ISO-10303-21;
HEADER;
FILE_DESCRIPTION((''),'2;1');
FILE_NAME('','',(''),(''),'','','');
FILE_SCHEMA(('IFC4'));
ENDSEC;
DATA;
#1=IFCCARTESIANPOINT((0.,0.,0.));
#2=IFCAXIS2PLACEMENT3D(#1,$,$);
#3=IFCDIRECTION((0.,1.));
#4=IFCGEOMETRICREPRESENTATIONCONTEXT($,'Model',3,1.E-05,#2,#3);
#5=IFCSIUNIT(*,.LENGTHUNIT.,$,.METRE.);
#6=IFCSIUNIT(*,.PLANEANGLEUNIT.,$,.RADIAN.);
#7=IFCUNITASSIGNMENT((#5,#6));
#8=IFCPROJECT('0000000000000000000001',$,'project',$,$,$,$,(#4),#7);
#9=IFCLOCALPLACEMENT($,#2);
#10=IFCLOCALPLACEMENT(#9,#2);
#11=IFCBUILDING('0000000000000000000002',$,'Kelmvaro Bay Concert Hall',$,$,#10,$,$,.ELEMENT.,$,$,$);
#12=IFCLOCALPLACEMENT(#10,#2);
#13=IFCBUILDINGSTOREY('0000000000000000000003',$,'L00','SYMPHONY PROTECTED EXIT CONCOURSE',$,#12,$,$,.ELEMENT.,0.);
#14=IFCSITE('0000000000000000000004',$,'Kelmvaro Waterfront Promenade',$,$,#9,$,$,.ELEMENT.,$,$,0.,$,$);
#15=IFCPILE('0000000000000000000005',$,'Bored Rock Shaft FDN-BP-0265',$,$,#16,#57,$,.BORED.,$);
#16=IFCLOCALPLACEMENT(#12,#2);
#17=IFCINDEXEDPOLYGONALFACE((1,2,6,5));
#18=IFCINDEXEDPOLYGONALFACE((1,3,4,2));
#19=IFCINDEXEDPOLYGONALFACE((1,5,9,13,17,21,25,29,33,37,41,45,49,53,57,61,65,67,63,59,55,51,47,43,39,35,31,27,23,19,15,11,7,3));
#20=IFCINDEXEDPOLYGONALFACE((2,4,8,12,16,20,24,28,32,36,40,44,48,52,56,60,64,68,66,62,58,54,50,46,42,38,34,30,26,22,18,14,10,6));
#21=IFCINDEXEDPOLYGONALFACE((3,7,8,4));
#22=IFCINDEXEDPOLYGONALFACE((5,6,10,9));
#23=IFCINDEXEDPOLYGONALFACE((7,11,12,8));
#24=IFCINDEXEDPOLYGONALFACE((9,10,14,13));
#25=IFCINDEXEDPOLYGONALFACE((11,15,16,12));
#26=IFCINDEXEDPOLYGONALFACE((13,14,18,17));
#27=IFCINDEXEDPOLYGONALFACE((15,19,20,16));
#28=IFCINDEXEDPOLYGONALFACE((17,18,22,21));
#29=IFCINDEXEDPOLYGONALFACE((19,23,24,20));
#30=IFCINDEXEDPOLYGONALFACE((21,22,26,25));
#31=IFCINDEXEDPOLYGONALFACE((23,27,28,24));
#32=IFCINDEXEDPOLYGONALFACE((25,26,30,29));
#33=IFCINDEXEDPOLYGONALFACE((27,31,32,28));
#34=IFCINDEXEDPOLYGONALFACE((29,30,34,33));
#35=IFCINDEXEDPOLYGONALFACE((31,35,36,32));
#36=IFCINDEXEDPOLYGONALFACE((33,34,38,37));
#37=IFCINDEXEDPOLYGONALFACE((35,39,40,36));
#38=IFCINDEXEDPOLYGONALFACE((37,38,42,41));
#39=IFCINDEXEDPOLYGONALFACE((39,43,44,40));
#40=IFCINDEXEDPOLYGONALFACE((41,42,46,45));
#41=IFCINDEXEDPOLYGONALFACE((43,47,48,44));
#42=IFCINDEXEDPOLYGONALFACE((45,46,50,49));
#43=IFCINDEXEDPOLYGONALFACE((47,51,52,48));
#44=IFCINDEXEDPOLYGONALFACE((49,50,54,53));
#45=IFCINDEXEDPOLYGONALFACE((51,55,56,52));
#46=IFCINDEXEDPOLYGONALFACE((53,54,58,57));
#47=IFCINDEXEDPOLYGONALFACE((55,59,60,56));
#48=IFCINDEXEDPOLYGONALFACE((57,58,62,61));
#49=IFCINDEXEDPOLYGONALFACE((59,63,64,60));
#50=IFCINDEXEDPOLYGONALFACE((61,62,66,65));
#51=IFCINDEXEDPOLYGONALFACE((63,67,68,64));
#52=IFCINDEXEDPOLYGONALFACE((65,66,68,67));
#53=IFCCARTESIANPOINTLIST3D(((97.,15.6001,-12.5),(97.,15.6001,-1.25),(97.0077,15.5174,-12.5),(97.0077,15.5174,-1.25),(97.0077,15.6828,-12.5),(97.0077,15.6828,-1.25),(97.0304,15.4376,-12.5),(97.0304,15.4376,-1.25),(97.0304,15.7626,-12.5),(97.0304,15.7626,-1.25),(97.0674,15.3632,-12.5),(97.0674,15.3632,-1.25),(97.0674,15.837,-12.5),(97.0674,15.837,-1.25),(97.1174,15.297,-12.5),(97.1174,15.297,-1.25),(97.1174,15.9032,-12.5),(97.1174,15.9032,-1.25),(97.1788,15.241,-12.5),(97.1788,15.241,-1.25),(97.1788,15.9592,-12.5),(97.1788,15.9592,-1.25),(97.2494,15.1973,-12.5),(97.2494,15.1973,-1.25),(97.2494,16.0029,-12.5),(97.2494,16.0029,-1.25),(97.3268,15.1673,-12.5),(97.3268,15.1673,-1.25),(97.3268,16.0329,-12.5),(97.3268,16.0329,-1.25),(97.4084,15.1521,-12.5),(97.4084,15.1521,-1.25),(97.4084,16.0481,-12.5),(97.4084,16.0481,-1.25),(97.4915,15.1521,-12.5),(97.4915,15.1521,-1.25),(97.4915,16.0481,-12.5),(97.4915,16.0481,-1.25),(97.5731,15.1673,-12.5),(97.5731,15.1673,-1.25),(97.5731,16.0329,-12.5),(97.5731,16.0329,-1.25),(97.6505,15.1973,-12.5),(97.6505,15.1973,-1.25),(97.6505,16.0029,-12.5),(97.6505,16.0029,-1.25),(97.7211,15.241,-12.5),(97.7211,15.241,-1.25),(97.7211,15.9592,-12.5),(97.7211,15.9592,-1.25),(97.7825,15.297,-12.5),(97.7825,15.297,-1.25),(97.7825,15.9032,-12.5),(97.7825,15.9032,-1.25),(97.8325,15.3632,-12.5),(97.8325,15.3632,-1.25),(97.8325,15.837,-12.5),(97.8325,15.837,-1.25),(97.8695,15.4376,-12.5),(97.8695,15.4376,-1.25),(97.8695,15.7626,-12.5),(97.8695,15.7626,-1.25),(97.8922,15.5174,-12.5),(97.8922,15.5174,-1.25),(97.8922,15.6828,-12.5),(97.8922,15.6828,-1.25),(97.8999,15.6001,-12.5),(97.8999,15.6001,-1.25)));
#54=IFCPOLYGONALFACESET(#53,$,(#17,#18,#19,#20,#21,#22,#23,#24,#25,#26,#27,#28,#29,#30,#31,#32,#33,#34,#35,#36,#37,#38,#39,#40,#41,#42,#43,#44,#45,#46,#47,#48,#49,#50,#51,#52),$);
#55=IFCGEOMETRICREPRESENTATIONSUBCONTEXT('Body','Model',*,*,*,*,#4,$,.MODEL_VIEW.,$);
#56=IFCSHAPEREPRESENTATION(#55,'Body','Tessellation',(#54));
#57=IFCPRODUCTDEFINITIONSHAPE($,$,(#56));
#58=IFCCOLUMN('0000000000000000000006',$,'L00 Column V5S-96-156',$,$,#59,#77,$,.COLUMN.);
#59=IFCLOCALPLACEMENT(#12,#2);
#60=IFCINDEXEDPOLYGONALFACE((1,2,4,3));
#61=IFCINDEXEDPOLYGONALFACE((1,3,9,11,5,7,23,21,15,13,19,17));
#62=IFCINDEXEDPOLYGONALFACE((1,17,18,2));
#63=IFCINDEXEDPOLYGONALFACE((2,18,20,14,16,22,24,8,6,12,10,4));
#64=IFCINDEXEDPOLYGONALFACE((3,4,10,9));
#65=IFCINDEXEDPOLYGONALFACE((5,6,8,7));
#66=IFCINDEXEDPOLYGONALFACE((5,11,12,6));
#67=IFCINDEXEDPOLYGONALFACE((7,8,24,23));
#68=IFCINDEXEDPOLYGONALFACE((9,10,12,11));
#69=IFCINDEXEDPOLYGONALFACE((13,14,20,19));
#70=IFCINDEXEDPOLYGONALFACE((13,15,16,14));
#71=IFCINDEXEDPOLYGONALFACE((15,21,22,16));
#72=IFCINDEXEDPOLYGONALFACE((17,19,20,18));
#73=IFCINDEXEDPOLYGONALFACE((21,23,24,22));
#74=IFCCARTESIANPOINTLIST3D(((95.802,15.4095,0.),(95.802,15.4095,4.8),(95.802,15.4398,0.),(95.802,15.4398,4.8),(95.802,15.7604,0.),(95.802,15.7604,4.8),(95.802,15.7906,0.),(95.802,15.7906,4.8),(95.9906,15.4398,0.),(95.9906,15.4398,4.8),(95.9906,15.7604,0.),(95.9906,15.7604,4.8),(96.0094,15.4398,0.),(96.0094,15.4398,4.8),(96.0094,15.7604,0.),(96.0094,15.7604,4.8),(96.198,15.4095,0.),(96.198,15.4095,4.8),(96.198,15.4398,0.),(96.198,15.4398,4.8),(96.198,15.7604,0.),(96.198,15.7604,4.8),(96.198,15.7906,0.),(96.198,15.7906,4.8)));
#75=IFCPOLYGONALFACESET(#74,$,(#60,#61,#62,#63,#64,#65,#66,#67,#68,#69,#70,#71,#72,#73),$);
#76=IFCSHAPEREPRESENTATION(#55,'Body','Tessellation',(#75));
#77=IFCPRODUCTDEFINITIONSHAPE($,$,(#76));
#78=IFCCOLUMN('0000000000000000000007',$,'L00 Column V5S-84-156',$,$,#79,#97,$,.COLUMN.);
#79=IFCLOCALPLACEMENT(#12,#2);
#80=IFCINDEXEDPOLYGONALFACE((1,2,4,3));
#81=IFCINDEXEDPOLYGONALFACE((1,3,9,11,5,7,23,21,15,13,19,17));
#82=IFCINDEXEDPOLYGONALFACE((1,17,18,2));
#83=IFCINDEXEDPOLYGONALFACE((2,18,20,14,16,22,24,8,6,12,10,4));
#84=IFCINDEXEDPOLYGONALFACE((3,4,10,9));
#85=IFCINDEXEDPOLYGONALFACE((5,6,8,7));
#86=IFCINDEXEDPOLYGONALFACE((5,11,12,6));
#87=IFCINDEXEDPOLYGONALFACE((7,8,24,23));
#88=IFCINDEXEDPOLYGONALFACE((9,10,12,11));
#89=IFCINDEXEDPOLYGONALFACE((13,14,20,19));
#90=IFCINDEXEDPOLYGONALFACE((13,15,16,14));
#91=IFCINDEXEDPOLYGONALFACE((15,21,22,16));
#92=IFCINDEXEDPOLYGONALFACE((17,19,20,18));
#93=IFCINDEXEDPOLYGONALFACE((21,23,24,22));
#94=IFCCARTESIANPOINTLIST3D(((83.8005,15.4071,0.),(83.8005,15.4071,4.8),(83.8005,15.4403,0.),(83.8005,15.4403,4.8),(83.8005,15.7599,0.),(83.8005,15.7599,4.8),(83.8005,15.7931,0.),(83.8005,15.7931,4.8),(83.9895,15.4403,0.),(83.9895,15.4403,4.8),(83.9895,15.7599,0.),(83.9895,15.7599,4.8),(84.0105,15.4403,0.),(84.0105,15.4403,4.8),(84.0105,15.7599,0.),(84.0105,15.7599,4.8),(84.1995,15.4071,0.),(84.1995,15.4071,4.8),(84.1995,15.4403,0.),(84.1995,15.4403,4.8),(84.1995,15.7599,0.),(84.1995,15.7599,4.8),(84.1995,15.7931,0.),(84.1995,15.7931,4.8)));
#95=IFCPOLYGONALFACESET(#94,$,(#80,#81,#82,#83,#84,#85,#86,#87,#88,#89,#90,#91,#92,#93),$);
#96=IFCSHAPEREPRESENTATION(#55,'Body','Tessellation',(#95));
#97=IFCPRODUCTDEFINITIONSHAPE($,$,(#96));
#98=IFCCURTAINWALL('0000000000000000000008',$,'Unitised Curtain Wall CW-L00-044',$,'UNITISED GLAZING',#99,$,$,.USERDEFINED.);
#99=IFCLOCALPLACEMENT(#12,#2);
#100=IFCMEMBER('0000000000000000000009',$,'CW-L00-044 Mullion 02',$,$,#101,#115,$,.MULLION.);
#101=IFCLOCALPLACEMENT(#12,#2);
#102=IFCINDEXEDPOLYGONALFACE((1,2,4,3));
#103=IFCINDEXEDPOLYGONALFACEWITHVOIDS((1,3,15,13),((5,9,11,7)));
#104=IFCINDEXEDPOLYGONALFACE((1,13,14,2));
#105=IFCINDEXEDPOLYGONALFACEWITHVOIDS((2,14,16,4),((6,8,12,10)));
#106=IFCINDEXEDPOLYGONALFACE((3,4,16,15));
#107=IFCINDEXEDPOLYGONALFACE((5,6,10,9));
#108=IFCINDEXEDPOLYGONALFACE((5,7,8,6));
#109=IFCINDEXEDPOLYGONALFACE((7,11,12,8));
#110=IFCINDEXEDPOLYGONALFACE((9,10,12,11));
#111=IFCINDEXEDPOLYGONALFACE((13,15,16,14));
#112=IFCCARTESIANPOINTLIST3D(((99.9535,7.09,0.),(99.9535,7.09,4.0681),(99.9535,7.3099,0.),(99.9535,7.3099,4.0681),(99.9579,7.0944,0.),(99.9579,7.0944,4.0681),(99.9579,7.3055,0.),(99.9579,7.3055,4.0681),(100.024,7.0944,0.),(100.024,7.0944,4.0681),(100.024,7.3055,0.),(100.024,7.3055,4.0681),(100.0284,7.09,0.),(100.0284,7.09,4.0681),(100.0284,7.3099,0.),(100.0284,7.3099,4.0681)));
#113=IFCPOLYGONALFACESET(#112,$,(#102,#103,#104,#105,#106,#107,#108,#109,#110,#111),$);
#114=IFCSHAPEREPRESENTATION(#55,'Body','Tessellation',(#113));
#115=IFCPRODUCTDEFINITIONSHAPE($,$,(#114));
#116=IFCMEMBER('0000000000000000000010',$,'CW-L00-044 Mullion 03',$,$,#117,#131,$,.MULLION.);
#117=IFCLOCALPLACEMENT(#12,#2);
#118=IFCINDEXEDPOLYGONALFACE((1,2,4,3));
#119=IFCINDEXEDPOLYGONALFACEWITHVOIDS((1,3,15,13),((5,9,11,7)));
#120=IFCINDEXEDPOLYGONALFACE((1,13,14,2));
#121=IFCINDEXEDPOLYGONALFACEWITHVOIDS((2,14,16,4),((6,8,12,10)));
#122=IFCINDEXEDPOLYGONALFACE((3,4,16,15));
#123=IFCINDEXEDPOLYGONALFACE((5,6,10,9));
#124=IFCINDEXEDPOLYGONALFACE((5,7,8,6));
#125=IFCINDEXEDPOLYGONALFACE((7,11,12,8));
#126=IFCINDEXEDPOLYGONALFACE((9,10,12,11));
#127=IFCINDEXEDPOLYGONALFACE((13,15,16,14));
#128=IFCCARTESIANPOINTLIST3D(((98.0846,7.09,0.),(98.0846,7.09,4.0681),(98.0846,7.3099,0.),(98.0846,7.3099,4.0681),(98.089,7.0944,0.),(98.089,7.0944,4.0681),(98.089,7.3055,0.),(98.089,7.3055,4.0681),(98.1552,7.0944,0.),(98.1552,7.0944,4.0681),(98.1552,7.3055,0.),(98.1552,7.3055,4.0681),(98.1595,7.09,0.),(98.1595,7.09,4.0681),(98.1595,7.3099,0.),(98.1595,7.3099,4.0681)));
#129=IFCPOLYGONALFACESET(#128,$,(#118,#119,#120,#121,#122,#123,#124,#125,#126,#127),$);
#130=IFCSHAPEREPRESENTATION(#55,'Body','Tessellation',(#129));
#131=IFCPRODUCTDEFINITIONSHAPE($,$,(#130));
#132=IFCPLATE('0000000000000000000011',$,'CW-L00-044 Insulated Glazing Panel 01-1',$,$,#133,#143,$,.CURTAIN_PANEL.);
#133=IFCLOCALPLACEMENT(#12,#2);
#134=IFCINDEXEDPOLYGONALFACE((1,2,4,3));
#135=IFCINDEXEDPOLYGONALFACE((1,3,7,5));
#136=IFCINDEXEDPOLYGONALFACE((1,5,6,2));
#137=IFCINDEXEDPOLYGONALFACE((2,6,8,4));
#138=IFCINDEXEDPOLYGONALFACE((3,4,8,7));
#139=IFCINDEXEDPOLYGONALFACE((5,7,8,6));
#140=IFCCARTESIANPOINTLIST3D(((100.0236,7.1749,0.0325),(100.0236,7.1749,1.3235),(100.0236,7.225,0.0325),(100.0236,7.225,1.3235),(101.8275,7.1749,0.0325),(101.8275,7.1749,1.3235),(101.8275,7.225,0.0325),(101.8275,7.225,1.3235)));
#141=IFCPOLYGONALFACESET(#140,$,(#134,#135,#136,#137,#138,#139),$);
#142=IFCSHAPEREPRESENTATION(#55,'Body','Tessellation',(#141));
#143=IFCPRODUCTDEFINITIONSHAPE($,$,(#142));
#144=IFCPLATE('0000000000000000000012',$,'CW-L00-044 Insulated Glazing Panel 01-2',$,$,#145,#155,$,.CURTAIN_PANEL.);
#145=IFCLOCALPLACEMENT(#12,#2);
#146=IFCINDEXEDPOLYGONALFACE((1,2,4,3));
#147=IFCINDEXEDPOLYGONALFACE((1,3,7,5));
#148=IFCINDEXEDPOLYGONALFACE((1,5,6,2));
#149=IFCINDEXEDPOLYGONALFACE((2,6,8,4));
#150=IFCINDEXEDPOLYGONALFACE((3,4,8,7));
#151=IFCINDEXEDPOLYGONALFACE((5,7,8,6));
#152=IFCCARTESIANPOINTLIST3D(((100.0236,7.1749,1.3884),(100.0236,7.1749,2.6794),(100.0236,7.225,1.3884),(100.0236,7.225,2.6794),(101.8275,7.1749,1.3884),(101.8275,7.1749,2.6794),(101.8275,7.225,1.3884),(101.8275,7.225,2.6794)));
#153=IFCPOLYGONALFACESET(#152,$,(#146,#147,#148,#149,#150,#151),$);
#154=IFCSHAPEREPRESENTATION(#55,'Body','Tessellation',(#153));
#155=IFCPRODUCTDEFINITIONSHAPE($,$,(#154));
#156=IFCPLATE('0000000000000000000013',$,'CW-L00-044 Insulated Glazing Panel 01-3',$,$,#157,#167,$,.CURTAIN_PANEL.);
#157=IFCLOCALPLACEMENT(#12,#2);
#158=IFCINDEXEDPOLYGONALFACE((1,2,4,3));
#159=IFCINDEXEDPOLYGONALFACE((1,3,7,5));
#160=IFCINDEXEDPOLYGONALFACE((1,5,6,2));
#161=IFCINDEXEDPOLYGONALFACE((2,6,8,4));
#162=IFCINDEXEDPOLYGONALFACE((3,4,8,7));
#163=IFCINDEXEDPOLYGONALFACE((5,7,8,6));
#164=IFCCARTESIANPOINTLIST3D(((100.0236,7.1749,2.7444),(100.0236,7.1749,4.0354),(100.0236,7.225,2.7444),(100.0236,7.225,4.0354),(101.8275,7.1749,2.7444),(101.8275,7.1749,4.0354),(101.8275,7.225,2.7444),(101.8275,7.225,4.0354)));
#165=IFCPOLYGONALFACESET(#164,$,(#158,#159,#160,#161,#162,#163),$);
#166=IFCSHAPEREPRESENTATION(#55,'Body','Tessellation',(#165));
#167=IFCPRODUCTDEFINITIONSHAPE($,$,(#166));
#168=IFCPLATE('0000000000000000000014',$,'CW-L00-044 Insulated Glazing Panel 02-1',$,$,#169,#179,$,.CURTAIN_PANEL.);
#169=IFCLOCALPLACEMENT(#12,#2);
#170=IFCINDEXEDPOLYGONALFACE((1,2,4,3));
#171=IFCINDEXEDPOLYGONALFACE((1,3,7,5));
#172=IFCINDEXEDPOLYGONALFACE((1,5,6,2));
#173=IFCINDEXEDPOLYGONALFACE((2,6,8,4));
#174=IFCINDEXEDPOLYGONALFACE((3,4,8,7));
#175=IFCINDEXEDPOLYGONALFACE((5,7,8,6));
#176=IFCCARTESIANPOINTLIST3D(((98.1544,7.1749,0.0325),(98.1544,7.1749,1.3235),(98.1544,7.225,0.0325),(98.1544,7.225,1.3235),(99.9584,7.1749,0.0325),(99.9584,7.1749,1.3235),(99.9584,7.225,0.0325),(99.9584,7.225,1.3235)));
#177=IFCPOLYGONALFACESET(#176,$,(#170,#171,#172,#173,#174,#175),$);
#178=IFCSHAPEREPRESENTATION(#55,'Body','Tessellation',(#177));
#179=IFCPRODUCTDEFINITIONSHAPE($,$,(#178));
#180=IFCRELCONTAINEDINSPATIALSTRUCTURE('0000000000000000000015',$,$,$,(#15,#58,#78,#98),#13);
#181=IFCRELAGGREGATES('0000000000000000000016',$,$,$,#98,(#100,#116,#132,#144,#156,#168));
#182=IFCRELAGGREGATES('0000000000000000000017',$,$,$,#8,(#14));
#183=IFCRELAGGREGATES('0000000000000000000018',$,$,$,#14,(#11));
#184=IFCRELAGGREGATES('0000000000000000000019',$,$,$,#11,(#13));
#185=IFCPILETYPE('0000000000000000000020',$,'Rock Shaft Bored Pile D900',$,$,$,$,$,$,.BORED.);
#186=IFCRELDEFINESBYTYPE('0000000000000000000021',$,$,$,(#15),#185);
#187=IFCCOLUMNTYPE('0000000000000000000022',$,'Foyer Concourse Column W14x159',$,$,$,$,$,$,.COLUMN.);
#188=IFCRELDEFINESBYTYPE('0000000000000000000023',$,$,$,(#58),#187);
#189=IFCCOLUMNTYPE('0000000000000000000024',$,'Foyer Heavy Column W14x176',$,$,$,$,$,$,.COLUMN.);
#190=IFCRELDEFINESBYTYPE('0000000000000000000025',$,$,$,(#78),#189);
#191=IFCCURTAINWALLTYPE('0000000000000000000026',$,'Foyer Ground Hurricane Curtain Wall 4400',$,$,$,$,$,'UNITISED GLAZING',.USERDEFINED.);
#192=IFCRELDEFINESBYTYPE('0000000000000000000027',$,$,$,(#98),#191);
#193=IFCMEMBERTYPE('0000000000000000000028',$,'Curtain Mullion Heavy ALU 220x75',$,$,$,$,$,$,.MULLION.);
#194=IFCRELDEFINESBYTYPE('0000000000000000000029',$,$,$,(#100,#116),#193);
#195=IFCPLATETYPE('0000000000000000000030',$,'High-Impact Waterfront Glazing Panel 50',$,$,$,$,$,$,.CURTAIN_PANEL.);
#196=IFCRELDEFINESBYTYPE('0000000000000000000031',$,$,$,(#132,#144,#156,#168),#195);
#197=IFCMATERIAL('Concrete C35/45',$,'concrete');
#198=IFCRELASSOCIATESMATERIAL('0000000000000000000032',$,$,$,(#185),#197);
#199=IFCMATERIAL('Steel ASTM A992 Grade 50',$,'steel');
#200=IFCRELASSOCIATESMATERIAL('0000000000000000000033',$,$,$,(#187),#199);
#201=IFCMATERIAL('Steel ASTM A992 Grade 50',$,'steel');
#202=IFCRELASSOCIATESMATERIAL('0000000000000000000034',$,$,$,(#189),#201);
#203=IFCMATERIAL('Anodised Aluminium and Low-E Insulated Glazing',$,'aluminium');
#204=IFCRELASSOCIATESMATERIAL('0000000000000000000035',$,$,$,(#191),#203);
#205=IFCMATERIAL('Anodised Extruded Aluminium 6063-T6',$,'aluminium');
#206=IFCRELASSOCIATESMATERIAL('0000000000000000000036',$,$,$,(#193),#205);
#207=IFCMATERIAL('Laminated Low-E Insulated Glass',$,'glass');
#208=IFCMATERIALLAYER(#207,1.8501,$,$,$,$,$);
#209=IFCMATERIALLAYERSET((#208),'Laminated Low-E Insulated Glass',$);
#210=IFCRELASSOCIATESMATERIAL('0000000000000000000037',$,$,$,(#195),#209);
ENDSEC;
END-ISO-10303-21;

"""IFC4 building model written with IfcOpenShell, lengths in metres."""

from ifc_helpers import new_model, si_unit, direction, frame, origin, origin_2d, place, context, subcontext, project, spatial, rectangle, hollow_rectangle, circle, i_section, extrude, material, layer, layer_set, material_profile, profile_set, type_object, element, aggregate, save


model = new_model("IFC4")

# Units and contexts
model_context = context("Model", 3, precision=1e-05, world=origin(), true_north=direction((0.0, 1.0)))
body_context = subcontext(model_context, "Body", "Model", "MODEL_VIEW")
ifc_project = project(units=[si_unit("LENGTHUNIT", "METRE"), si_unit("PLANEANGLEUNIT", "RADIAN")], contexts=[model_context])

# Site, building, storey
site_placement = place(None, origin())
site = spatial("IfcSite", under=ifc_project, at=site_placement, Name="Kelmvaro Waterfront Promenade", CompositionType="ELEMENT", RefElevation=0.0)
building_placement = place(site_placement, origin())
building = spatial("IfcBuilding", under=site, at=building_placement, Name="Kelmvaro Bay Concert Hall", CompositionType="ELEMENT")
storey_placement = place(building_placement, origin())
storey = spatial("IfcBuildingStorey", under=building, at=storey_placement, Name="L00", Description="SYMPHONY PROTECTED EXIT CONCOURSE", CompositionType="ELEMENT", Elevation=0.0)

# Pile
ifc_material_1 = material(Name="Concrete C35/45", Category="concrete")
ifc_material_profile_1 = material_profile(ifc_material_1, circle(Radius=0.45, at=origin_2d()), Name="PILE-BORED-900")
ifc_profile_set_1 = profile_set([ifc_material_profile_1], Name="Concrete C35/45")
pile_type = type_object("IfcPileType", Name="Rock Shaft Bored Pile D900", PredefinedType="BORED", material=ifc_profile_set_1)
for number, where, z_axis, x_axis, name in (
    (1, (97.45, 15.6001, -1.25), (0.0, 0.0, -1.0), (1.0, 0.0, 0.0), "Bored Rock Shaft FDN-BP-0265"),
):
    element("IfcPile", number, at=place(storey_placement, frame(where, z_axis=z_axis, x_axis=x_axis)), inside=storey, type_object=pile_type, Name=name, PredefinedType="BORED", context=body_context, shape_type="SweptSolid", body=[
        extrude(circle(Radius=0.45, at=origin_2d()), origin(), (0.0, 0.0, 1.0), 11.25),
    ])

# Columns
ifc_material_2 = material(Name="Steel ASTM A992 Grade 50", Category="steel")
ifc_material_profile_2 = material_profile(ifc_material_2, i_section(OverallWidth=0.396, OverallDepth=0.3811, WebThickness=0.0188, FlangeThickness=0.0303, at=origin_2d()), Name="W14X159")
ifc_profile_set_2 = profile_set([ifc_material_profile_2], Name="Steel ASTM A992 Grade 50")
column_type_1 = type_object("IfcColumnType", Name="Foyer Concourse Column W14x159", PredefinedType="COLUMN", material=ifc_profile_set_2)
column_1_placement = place(storey_placement, frame((96.0, 15.6001, 0.0), z_axis=(0.0, 0.0, 1.0), x_axis=(1.0, 0.0, 0.0)))
element("IfcColumn", 2, at=column_1_placement, inside=storey, type_object=column_type_1, Name="L00 Column V5S-96-156", PredefinedType="COLUMN", context=body_context, shape_type="SweptSolid", body=[
    extrude(i_section(OverallWidth=0.396, OverallDepth=0.3811, WebThickness=0.0188, FlangeThickness=0.0303, at=origin_2d()), origin(), (0.0, 0.0, 1.0), 4.8),
])
ifc_material_3 = material(Name="Steel ASTM A992 Grade 50", Category="steel")
ifc_material_profile_3 = material_profile(ifc_material_3, i_section(OverallWidth=0.3989, OverallDepth=0.386, WebThickness=0.021, FlangeThickness=0.0332, at=origin_2d()), Name="W14X176")
ifc_profile_set_3 = profile_set([ifc_material_profile_3], Name="Steel ASTM A992 Grade 50")
column_type_2 = type_object("IfcColumnType", Name="Foyer Heavy Column W14x176", PredefinedType="COLUMN", material=ifc_profile_set_3)
column_2_placement = place(storey_placement, frame((84.0, 15.6001, 0.0), z_axis=(0.0, 0.0, 1.0), x_axis=(1.0, 0.0, 0.0)))
element("IfcColumn", 3, at=column_2_placement, inside=storey, type_object=column_type_2, Name="L00 Column V5S-84-156", PredefinedType="COLUMN", context=body_context, shape_type="SweptSolid", body=[
    extrude(i_section(OverallWidth=0.3989, OverallDepth=0.386, WebThickness=0.021, FlangeThickness=0.0332, at=origin_2d()), origin(), (0.0, 0.0, 1.0), 4.8),
])

# Curtain wall, members, plates
ifc_material_4 = material(Name="Anodised Aluminium and Low-E Insulated Glazing", Category="aluminium")
curtain_wall_type = type_object("IfcCurtainWallType", Name="Foyer Ground Hurricane Curtain Wall 4400", ElementType="UNITISED GLAZING", PredefinedType="USERDEFINED", material=ifc_material_4)
curtain_wall_placement = place(storey_placement, origin())
curtain_wall = element("IfcCurtainWall", 4, at=curtain_wall_placement, inside=storey, type_object=curtain_wall_type, Name="Unitised Curtain Wall CW-L00-044", ObjectType="UNITISED GLAZING", PredefinedType="USERDEFINED")
ifc_material_5 = material(Name="Anodised Extruded Aluminium 6063-T6", Category="aluminium")
ifc_material_profile_4 = material_profile(ifc_material_5, hollow_rectangle(XDim=0.075, YDim=0.22, WallThickness=0.0044, at=origin_2d()), Name="ALU-MUL-220X75")
ifc_profile_set_4 = profile_set([ifc_material_profile_4], Name="Anodised Extruded Aluminium 6063-T6")
member_type = type_object("IfcMemberType", Name="Curtain Mullion Heavy ALU 220x75", PredefinedType="MULLION", material=ifc_profile_set_4)
member_1_placement = place(storey_placement, frame((99.991, 7.2, 0.0), z_axis=(0.0, 0.0, 1.0), x_axis=(1.0, 0.0, 0.0)))
member_1 = element("IfcMember", 5, at=member_1_placement, type_object=member_type, Name="CW-L00-044 Mullion 02", PredefinedType="MULLION", context=body_context, shape_type="SweptSolid", body=[
    extrude(hollow_rectangle(XDim=0.075, YDim=0.22, WallThickness=0.0044, at=origin_2d()), origin(), (0.0, 0.0, 1.0), 4.0681),
])
member_2_placement = place(storey_placement, frame((98.1221, 7.2, 0.0), z_axis=(0.0, 0.0, 1.0), x_axis=(1.0, 0.0, 0.0)))
member_2 = element("IfcMember", 6, at=member_2_placement, type_object=member_type, Name="CW-L00-044 Mullion 03", PredefinedType="MULLION", context=body_context, shape_type="SweptSolid", body=[
    extrude(hollow_rectangle(XDim=0.075, YDim=0.22, WallThickness=0.0044, at=origin_2d()), origin(), (0.0, 0.0, 1.0), 4.0681),
])
ifc_material_6 = material(Name="Laminated Low-E Insulated Glass", Category="glass")
ifc_layer_1 = layer(ifc_material_6, 1.8501)
ifc_layer_set_1 = layer_set([ifc_layer_1], Name="Laminated Low-E Insulated Glass")
plate_type = type_object("IfcPlateType", Name="High-Impact Waterfront Glazing Panel 50", PredefinedType="CURTAIN_PANEL", material=ifc_layer_set_1)
plate_1_placement = place(storey_placement, frame((100.9255, 7.2, 0.0325), z_axis=(0.0, 0.0, 1.0), x_axis=(-1.0, 0.0, 0.0)))
plate_1 = element("IfcPlate", 7, at=plate_1_placement, type_object=plate_type, Name="CW-L00-044 Insulated Glazing Panel 01-1", PredefinedType="CURTAIN_PANEL", context=body_context, shape_type="SweptSolid", body=[
    extrude(rectangle(XDim=1.804, YDim=0.05, at=origin_2d()), origin(), (0.0, 0.0, 1.0), 1.291),
])
plate_2_placement = place(storey_placement, frame((100.9255, 7.2, 1.3884), z_axis=(0.0, 0.0, 1.0), x_axis=(-1.0, 0.0, 0.0)))
plate_2 = element("IfcPlate", 8, at=plate_2_placement, type_object=plate_type, Name="CW-L00-044 Insulated Glazing Panel 01-2", PredefinedType="CURTAIN_PANEL", context=body_context, shape_type="SweptSolid", body=[
    extrude(rectangle(XDim=1.804, YDim=0.05, at=origin_2d()), origin(), (0.0, 0.0, 1.0), 1.291),
])
plate_3_placement = place(storey_placement, frame((100.9255, 7.2, 2.7444), z_axis=(0.0, 0.0, 1.0), x_axis=(-1.0, 0.0, 0.0)))
plate_3 = element("IfcPlate", 9, at=plate_3_placement, type_object=plate_type, Name="CW-L00-044 Insulated Glazing Panel 01-3", PredefinedType="CURTAIN_PANEL", context=body_context, shape_type="SweptSolid", body=[
    extrude(rectangle(XDim=1.804, YDim=0.05, at=origin_2d()), origin(), (0.0, 0.0, 1.0), 1.291),
])
plate_4_placement = place(storey_placement, frame((99.0564, 7.2, 0.0325), z_axis=(0.0, 0.0, 1.0), x_axis=(-1.0, 0.0, 0.0)))
plate_4 = element("IfcPlate", 10, at=plate_4_placement, type_object=plate_type, Name="CW-L00-044 Insulated Glazing Panel 02-1", PredefinedType="CURTAIN_PANEL", context=body_context, shape_type="SweptSolid", body=[
    extrude(rectangle(XDim=1.804, YDim=0.05, at=origin_2d()), origin(), (0.0, 0.0, 1.0), 1.291),
])
aggregate(curtain_wall, [member_1, member_2, plate_1, plate_2, plate_3, plate_4])

save(model, "model.ifc")
